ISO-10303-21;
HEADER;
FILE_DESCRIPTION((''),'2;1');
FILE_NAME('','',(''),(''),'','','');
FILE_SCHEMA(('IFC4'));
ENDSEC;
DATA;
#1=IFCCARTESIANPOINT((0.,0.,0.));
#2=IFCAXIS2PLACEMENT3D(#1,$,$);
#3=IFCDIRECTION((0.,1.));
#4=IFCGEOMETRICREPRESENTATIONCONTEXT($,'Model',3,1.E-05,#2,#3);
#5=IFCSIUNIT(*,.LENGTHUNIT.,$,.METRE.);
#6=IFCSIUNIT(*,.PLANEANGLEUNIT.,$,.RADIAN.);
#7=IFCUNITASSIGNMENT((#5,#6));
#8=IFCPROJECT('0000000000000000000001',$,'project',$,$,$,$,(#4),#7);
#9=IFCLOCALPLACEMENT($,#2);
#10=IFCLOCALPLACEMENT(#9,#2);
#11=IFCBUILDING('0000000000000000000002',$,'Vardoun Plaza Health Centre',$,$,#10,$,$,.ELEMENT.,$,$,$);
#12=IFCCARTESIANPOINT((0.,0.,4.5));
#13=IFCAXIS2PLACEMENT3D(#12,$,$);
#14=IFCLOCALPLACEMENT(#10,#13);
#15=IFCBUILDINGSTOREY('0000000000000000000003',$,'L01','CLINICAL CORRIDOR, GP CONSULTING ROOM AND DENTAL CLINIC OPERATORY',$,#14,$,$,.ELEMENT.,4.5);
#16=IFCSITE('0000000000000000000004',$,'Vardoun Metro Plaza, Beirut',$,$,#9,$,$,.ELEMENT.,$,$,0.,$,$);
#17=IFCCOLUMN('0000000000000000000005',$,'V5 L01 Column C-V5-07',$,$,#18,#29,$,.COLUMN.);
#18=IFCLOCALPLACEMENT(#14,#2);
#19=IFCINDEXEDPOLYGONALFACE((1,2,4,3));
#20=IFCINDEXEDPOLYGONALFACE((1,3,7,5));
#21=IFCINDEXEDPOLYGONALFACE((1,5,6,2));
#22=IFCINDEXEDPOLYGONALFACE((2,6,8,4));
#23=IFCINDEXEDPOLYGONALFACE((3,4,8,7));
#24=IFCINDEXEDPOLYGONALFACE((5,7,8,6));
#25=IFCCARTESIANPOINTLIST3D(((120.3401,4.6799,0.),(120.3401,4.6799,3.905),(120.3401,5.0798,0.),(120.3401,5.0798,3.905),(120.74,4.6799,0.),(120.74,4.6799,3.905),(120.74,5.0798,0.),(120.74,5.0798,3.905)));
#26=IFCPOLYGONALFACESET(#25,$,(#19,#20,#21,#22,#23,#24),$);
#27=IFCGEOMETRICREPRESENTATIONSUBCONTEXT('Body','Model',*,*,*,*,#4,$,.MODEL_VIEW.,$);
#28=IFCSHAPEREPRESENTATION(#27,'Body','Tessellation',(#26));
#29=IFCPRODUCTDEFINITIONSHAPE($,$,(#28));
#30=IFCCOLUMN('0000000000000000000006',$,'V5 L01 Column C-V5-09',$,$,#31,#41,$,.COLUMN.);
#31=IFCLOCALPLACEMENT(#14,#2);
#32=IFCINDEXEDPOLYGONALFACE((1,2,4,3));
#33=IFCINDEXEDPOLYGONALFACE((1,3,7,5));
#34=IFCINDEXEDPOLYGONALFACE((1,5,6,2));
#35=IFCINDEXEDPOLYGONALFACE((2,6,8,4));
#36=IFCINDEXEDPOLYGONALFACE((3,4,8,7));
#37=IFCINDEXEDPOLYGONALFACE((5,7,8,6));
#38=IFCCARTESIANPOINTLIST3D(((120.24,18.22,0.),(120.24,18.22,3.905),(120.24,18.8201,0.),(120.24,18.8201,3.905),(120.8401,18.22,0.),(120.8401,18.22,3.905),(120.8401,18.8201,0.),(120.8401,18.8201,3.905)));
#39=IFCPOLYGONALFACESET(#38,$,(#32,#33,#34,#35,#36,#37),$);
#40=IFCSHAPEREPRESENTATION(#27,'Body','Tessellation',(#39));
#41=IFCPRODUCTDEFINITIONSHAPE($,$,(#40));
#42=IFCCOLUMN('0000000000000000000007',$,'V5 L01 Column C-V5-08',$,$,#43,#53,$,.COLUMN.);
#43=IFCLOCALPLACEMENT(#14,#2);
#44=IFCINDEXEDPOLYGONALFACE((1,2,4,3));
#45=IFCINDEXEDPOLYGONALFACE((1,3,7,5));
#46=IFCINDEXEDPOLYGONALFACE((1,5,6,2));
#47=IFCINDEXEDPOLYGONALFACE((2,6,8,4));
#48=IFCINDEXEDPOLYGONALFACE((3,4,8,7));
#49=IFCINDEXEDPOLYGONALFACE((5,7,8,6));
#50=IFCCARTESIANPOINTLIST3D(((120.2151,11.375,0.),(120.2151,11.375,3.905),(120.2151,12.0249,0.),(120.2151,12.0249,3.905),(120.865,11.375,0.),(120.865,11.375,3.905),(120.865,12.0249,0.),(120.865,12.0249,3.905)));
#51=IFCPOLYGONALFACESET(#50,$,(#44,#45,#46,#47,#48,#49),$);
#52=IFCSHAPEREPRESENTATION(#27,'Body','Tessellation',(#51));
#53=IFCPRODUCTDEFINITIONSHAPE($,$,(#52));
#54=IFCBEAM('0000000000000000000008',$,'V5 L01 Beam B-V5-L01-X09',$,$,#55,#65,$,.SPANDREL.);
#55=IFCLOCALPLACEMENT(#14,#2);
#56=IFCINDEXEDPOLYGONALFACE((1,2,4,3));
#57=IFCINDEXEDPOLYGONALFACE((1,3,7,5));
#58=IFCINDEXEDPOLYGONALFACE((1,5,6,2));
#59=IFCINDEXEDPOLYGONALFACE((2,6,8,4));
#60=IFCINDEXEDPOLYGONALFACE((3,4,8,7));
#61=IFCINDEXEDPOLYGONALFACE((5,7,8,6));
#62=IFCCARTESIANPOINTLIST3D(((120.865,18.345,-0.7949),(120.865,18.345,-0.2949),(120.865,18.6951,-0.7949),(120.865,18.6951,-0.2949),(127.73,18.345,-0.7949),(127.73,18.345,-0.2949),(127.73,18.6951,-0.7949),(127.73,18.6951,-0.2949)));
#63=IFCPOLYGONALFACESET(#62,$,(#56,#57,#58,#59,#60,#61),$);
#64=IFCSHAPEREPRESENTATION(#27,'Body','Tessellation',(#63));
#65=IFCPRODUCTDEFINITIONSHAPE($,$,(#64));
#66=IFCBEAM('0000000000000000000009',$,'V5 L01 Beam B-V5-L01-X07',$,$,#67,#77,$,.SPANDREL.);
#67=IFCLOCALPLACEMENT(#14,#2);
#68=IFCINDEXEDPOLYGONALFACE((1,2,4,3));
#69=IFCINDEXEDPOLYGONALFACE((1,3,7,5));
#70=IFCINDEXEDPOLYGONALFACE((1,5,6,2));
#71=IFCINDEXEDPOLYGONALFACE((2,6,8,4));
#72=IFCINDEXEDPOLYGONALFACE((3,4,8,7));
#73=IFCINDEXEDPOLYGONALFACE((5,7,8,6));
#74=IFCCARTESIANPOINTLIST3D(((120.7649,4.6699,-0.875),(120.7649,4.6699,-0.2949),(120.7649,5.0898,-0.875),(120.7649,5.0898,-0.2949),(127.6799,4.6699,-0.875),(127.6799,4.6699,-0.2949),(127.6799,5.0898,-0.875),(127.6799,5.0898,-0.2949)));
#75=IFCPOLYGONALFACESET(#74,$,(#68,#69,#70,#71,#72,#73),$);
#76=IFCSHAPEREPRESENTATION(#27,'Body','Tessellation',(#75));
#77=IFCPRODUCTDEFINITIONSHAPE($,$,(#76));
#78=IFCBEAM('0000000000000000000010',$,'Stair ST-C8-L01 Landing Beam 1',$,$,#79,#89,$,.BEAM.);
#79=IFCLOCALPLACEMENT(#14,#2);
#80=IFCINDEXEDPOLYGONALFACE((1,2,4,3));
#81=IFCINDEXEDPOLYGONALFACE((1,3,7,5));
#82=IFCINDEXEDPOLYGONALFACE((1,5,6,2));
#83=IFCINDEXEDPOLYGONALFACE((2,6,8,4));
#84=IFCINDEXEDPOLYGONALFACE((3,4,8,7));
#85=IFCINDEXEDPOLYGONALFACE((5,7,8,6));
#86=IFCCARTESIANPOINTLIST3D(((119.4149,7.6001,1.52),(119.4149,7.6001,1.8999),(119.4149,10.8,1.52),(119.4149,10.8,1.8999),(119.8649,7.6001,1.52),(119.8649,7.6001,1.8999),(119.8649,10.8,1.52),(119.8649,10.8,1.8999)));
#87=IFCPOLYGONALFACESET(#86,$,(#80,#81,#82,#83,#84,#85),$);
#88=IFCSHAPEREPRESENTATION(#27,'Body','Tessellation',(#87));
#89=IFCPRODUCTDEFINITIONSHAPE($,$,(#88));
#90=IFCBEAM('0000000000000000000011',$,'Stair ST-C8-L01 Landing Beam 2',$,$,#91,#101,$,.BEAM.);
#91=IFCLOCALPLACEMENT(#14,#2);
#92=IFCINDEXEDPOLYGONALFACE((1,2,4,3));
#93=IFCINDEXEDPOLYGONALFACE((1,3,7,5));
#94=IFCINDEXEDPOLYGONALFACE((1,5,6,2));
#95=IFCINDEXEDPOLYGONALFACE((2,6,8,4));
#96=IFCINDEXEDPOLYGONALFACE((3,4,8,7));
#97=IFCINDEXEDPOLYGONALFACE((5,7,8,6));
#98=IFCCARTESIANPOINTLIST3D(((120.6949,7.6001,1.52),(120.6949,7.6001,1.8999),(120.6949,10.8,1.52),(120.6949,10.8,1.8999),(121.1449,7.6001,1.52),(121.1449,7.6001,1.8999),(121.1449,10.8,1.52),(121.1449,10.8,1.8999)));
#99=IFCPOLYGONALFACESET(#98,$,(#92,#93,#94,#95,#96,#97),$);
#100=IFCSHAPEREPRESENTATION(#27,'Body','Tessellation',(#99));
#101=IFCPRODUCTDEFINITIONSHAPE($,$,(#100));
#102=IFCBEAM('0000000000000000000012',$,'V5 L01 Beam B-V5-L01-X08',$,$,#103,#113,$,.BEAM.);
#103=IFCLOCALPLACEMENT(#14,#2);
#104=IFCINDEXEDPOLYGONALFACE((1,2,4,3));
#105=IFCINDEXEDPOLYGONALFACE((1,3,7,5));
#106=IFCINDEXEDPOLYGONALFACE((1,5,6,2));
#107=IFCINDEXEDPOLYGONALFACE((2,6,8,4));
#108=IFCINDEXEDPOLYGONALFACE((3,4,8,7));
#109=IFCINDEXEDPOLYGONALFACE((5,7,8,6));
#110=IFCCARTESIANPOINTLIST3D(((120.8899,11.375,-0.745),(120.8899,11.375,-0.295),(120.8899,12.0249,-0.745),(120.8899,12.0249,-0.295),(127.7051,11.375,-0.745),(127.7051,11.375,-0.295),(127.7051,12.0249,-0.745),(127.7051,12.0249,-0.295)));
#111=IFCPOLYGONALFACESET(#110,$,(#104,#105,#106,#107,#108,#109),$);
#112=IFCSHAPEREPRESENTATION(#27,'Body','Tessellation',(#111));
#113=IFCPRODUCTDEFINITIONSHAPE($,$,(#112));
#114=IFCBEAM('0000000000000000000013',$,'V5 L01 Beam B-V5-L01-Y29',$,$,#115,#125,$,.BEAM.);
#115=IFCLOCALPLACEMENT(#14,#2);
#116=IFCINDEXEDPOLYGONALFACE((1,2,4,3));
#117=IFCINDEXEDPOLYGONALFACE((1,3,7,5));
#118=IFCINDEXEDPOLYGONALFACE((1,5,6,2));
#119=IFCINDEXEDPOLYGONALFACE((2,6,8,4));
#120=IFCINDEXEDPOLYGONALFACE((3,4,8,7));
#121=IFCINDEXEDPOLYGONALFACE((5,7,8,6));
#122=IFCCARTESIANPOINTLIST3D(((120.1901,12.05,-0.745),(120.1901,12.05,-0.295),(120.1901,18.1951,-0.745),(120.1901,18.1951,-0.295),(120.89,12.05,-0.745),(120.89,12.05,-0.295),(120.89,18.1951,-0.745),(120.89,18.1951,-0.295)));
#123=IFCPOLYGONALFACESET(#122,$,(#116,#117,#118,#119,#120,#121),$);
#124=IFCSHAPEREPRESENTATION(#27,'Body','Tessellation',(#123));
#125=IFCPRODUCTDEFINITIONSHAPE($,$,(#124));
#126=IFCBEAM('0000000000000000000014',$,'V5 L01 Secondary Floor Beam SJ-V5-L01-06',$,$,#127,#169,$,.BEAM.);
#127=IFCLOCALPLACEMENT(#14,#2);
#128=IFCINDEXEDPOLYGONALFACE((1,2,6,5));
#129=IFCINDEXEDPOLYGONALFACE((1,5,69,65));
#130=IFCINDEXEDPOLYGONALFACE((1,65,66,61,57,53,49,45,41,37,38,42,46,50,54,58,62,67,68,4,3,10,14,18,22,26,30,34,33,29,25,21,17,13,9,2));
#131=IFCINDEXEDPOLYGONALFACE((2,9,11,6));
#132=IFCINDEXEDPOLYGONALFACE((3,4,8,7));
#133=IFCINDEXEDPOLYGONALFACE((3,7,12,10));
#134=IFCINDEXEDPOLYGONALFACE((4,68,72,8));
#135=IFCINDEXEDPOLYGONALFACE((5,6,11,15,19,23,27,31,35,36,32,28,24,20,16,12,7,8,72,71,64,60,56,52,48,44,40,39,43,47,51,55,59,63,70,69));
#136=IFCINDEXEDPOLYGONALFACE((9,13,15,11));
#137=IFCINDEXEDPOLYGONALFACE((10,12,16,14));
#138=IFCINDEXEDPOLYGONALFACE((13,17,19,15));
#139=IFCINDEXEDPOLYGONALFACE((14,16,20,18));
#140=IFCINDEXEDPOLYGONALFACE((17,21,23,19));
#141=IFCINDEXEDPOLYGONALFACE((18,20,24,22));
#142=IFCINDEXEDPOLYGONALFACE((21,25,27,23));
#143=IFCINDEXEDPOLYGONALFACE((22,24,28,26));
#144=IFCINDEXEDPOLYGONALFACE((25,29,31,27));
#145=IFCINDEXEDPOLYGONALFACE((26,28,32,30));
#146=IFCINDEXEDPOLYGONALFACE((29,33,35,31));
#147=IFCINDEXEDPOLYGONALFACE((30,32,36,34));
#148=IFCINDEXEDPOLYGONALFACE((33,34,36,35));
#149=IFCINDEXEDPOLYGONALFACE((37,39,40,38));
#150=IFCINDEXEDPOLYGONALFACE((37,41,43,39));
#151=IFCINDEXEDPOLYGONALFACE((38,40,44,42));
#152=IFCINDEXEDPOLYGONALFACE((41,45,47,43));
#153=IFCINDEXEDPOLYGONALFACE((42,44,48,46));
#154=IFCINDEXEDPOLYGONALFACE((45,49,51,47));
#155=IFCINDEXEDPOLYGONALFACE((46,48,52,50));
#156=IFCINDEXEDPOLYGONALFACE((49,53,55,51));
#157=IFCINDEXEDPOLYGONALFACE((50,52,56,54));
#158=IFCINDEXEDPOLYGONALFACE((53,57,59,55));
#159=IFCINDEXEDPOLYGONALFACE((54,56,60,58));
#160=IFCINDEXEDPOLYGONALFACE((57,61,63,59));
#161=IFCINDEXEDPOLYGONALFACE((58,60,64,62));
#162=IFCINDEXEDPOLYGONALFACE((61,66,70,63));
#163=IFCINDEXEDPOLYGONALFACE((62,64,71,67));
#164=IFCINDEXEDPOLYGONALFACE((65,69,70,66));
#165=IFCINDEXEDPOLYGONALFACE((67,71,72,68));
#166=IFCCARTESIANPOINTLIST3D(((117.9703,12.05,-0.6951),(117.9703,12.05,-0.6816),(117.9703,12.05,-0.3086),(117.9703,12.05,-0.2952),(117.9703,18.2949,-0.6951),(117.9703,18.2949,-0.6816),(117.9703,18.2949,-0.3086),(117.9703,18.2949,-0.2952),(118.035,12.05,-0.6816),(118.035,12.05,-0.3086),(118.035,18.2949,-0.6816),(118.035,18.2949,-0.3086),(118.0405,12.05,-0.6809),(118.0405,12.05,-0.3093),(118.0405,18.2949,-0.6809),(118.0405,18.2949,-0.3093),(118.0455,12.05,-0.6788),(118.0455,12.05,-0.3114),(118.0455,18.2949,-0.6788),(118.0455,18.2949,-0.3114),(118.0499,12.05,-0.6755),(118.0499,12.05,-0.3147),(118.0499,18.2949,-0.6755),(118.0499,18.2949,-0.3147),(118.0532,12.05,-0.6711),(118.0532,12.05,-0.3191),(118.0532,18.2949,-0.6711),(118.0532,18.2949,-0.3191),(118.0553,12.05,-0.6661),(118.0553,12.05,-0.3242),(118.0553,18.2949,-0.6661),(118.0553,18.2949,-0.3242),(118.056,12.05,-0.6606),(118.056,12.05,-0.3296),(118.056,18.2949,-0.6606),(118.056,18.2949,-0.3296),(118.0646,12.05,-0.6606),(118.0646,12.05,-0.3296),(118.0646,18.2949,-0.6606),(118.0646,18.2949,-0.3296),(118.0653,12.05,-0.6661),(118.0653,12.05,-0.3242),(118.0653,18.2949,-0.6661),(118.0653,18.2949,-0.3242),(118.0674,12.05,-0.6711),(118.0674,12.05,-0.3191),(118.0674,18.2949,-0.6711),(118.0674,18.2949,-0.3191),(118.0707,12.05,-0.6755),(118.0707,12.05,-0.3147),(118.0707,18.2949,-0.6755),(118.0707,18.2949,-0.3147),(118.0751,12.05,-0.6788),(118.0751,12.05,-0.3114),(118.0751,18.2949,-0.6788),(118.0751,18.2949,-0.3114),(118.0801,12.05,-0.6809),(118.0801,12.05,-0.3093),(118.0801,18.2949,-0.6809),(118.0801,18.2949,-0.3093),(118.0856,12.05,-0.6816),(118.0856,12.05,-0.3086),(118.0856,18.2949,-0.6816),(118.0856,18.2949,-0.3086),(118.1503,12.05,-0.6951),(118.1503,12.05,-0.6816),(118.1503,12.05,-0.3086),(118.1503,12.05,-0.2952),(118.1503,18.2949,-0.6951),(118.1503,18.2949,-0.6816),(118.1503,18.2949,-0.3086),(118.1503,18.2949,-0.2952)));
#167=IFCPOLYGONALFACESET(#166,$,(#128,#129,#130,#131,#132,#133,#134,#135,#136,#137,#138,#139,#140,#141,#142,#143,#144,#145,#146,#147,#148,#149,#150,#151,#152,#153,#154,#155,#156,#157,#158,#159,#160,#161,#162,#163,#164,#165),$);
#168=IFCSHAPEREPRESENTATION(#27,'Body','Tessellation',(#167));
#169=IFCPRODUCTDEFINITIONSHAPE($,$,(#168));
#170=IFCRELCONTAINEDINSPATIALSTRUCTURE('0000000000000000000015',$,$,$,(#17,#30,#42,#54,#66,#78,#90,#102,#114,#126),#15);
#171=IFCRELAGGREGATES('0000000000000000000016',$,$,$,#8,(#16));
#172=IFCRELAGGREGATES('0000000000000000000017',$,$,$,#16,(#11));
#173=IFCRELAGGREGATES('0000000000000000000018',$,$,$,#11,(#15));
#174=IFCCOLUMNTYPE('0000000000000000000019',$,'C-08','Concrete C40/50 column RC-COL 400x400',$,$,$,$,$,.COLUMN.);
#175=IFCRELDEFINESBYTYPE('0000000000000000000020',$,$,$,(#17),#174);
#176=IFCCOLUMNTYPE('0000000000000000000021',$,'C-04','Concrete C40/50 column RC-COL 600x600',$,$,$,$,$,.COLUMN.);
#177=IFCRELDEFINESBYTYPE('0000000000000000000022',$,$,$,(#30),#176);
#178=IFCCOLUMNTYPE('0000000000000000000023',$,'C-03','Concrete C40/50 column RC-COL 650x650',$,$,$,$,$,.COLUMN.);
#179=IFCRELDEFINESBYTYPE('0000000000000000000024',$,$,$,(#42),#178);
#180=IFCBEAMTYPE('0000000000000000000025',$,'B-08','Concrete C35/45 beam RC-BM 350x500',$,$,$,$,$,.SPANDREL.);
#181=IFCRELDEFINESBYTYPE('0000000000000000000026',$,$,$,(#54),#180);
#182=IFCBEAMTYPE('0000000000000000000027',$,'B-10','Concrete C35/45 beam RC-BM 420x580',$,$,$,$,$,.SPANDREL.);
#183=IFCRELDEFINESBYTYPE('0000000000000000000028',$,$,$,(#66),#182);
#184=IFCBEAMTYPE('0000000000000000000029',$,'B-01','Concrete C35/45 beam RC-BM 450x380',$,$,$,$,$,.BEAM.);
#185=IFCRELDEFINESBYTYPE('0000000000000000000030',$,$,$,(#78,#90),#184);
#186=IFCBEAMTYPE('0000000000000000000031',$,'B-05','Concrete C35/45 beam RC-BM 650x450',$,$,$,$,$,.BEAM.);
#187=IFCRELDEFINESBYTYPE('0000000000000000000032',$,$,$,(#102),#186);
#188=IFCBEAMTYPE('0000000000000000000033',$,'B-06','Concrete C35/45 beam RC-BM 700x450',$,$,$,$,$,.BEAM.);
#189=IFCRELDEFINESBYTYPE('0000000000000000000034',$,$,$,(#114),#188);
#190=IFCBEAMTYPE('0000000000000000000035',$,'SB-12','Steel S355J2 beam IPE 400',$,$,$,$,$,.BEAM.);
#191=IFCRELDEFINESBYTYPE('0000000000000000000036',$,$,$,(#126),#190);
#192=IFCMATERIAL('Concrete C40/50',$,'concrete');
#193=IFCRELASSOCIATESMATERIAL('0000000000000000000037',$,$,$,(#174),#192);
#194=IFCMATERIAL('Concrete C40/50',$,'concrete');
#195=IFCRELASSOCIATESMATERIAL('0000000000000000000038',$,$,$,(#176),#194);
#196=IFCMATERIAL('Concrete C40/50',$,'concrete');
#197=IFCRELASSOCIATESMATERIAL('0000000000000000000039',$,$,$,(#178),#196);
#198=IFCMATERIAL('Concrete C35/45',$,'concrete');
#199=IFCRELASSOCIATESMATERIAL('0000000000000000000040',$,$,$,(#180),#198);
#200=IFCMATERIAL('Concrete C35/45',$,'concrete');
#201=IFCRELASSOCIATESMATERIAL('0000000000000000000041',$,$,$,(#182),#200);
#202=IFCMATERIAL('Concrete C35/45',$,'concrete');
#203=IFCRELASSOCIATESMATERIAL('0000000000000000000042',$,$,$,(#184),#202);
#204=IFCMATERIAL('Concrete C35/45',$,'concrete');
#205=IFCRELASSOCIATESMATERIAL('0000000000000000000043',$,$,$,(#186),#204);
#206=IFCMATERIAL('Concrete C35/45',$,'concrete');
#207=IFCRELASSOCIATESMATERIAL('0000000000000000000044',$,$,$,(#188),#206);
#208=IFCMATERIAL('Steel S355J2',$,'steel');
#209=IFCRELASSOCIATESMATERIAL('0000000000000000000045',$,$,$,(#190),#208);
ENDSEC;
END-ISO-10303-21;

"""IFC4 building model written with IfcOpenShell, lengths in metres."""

from ifc_helpers import new_model, si_unit, direction, frame, origin, origin_2d, place, context, subcontext, project, spatial, rectangle, i_section, extrude, material, material_profile, profile_set, type_object, element, save


model = new_model("IFC4")

# Units and contexts
model_context = context("Model", 3, precision=1e-05, world=origin(), true_north=direction((0.0, 1.0)))
body_context = subcontext(model_context, "Body", "Model", "MODEL_VIEW")
ifc_project = project(units=[si_unit("LENGTHUNIT", "METRE"), si_unit("PLANEANGLEUNIT", "RADIAN")], contexts=[model_context])

# Site, building, storey
site_placement = place(None, origin())
site = spatial("IfcSite", under=ifc_project, at=site_placement, Name="Vardoun Metro Plaza, Beirut", CompositionType="ELEMENT", RefElevation=0.0)
building_placement = place(site_placement, origin())
building = spatial("IfcBuilding", under=site, at=building_placement, Name="Vardoun Plaza Health Centre", CompositionType="ELEMENT")
storey_placement = place(building_placement, frame((0.0, 0.0, 4.5)))
storey = spatial("IfcBuildingStorey", under=building, at=storey_placement, Name="L01", Description="CLINICAL CORRIDOR, GP CONSULTING ROOM AND DENTAL CLINIC OPERATORY", CompositionType="ELEMENT", Elevation=4.5)

# Columns
ifc_material_1 = material(Name="Concrete C40/50", Category="concrete")
ifc_material_profile_1 = material_profile(ifc_material_1, rectangle(XDim=0.3999, YDim=0.3999, at=origin_2d()), Name="RC-COL 400x400")
ifc_profile_set_1 = profile_set([ifc_material_profile_1], Name="Concrete C40/50")
column_type_1 = type_object("IfcColumnType", Name="C-08", Description="Concrete C40/50 column RC-COL 400x400", PredefinedType="COLUMN", material=ifc_profile_set_1)
column_1_placement = place(storey_placement, frame((120.54, 4.8799, 0.0), z_axis=(0.0, 0.0, 1.0), x_axis=(1.0, 0.0, 0.0)))
element("IfcColumn", 1, at=column_1_placement, inside=storey, type_object=column_type_1, Name="V5 L01 Column C-V5-07", PredefinedType="COLUMN", context=body_context, shape_type="SweptSolid", body=[
    extrude(rectangle(XDim=0.3999, YDim=0.3999, at=origin_2d()), origin(), (0.0, 0.0, 1.0), 3.905),
])
ifc_material_2 = material(Name="Concrete C40/50", Category="concrete")
ifc_material_profile_2 = material_profile(ifc_material_2, rectangle(XDim=0.6001, YDim=0.6001, at=origin_2d()), Name="RC-COL 600x600")
ifc_profile_set_2 = profile_set([ifc_material_profile_2], Name="Concrete C40/50")
column_type_2 = type_object("IfcColumnType", Name="C-04", Description="Concrete C40/50 column RC-COL 600x600", PredefinedType="COLUMN", material=ifc_profile_set_2)
column_2_placement = place(storey_placement, frame((120.54, 18.52, 0.0), z_axis=(0.0, 0.0, 1.0), x_axis=(1.0, 0.0, 0.0)))
element("IfcColumn", 2, at=column_2_placement, inside=storey, type_object=column_type_2, Name="V5 L01 Column C-V5-09", PredefinedType="COLUMN", context=body_context, shape_type="SweptSolid", body=[
    extrude(rectangle(XDim=0.6001, YDim=0.6001, at=origin_2d()), origin(), (0.0, 0.0, 1.0), 3.905),
])
ifc_material_3 = material(Name="Concrete C40/50", Category="concrete")
ifc_material_profile_3 = material_profile(ifc_material_3, rectangle(XDim=0.6499, YDim=0.6499, at=origin_2d()), Name="RC-COL 650x650")
ifc_profile_set_3 = profile_set([ifc_material_profile_3], Name="Concrete C40/50")
column_type_3 = type_object("IfcColumnType", Name="C-03", Description="Concrete C40/50 column RC-COL 650x650", PredefinedType="COLUMN", material=ifc_profile_set_3)
column_3_placement = place(storey_placement, frame((120.54, 11.7, 0.0), z_axis=(0.0, 0.0, 1.0), x_axis=(1.0, 0.0, 0.0)))
element("IfcColumn", 3, at=column_3_placement, inside=storey, type_object=column_type_3, Name="V5 L01 Column C-V5-08", PredefinedType="COLUMN", context=body_context, shape_type="SweptSolid", body=[
    extrude(rectangle(XDim=0.6499, YDim=0.6499, at=origin_2d()), origin(), (0.0, 0.0, 1.0), 3.905),
])

# Beams
ifc_material_4 = material(Name="Concrete C35/45", Category="concrete")
ifc_material_profile_4 = material_profile(ifc_material_4, rectangle(XDim=0.3501, YDim=0.5, at=origin_2d()), Name="RC-BM 350x500")
ifc_profile_set_4 = profile_set([ifc_material_profile_4], Name="Concrete C35/45")
beam_type_1 = type_object("IfcBeamType", Name="B-08", Description="Concrete C35/45 beam RC-BM 350x500", PredefinedType="SPANDREL", material=ifc_profile_set_4)
beam_1_placement = place(storey_placement, frame((120.865, 18.52, -0.5449), z_axis=(1.0, 0.0, 0.0), x_axis=(0.0, 1.0, 0.0)))
element("IfcBeam", 4, at=beam_1_placement, inside=storey, type_object=beam_type_1, Name="V5 L01 Beam B-V5-L01-X09", PredefinedType="SPANDREL", context=body_context, shape_type="SweptSolid", body=[
    extrude(rectangle(XDim=0.3501, YDim=0.5, at=origin_2d()), origin(), (0.0, 0.0, 1.0), 6.865),
])
ifc_material_5 = material(Name="Concrete C35/45", Category="concrete")
ifc_material_profile_5 = material_profile(ifc_material_5, rectangle(XDim=0.4199, YDim=0.5801, at=origin_2d()), Name="RC-BM 420x580")
ifc_profile_set_5 = profile_set([ifc_material_profile_5], Name="Concrete C35/45")
beam_type_2 = type_object("IfcBeamType", Name="B-10", Description="Concrete C35/45 beam RC-BM 420x580", PredefinedType="SPANDREL", material=ifc_profile_set_5)
beam_2_placement = place(storey_placement, frame((120.7649, 4.8799, -0.585), z_axis=(1.0, 0.0, 0.0), x_axis=(0.0, 1.0, 0.0)))
element("IfcBeam", 5, at=beam_2_placement, inside=storey, type_object=beam_type_2, Name="V5 L01 Beam B-V5-L01-X07", PredefinedType="SPANDREL", context=body_context, shape_type="SweptSolid", body=[
    extrude(rectangle(XDim=0.4199, YDim=0.5801, at=origin_2d()), origin(), (0.0, 0.0, 1.0), 6.915),
])
ifc_material_6 = material(Name="Concrete C35/45", Category="concrete")
ifc_material_profile_6 = material_profile(ifc_material_6, rectangle(XDim=0.45, YDim=0.3799, at=origin_2d()), Name="RC-BM 450x380")
ifc_profile_set_6 = profile_set([ifc_material_profile_6], Name="Concrete C35/45")
beam_type_3 = type_object("IfcBeamType", Name="B-01", Description="Concrete C35/45 beam RC-BM 450x380", PredefinedType="BEAM", material=ifc_profile_set_6)
for number, where, z_axis, x_axis, name in (
    (6, (119.6399, 7.6001, 1.71), (0.0, 1.0, 0.0), (-1.0, 0.0, 0.0), "Stair ST-C8-L01 Landing Beam 1"),
    (7, (120.9199, 7.6001, 1.71), (0.0, 1.0, 0.0), (-1.0, 0.0, 0.0), "Stair ST-C8-L01 Landing Beam 2"),
):
    element("IfcBeam", number, at=place(storey_placement, frame(where, z_axis=z_axis, x_axis=x_axis)), inside=storey, type_object=beam_type_3, Name=name, PredefinedType="BEAM", context=body_context, shape_type="SweptSolid", body=[
        extrude(rectangle(XDim=0.45, YDim=0.3799, at=origin_2d()), origin(), (0.0, 0.0, 1.0), 3.2),
    ])
ifc_material_7 = material(Name="Concrete C35/45", Category="concrete")
ifc_material_profile_7 = material_profile(ifc_material_7, rectangle(XDim=0.6499, YDim=0.45, at=origin_2d()), Name="RC-BM 650x450")
ifc_profile_set_7 = profile_set([ifc_material_profile_7], Name="Concrete C35/45")
beam_type_4 = type_object("IfcBeamType", Name="B-05", Description="Concrete C35/45 beam RC-BM 650x450", PredefinedType="BEAM", material=ifc_profile_set_7)
beam_3_placement = place(storey_placement, frame((120.8899, 11.7, -0.52), z_axis=(1.0, 0.0, 0.0), x_axis=(0.0, 1.0, 0.0)))
element("IfcBeam", 8, at=beam_3_placement, inside=storey, type_object=beam_type_4, Name="V5 L01 Beam B-V5-L01-X08", PredefinedType="BEAM", context=body_context, shape_type="SweptSolid", body=[
    extrude(rectangle(XDim=0.6499, YDim=0.45, at=origin_2d()), origin(), (0.0, 0.0, 1.0), 6.8152),
])
ifc_material_8 = material(Name="Concrete C35/45", Category="concrete")
ifc_material_profile_8 = material_profile(ifc_material_8, rectangle(XDim=0.7, YDim=0.45, at=origin_2d()), Name="RC-BM 700x450")
ifc_profile_set_8 = profile_set([ifc_material_profile_8], Name="Concrete C35/45")
beam_type_5 = type_object("IfcBeamType", Name="B-06", Description="Concrete C35/45 beam RC-BM 700x450", PredefinedType="BEAM", material=ifc_profile_set_8)
beam_4_placement = place(storey_placement, frame((120.54, 12.05, -0.52), z_axis=(0.0, 1.0, 0.0), x_axis=(-1.0, 0.0, 0.0)))
element("IfcBeam", 9, at=beam_4_placement, inside=storey, type_object=beam_type_5, Name="V5 L01 Beam B-V5-L01-Y29", PredefinedType="BEAM", context=body_context, shape_type="SweptSolid", body=[
    extrude(rectangle(XDim=0.7, YDim=0.45, at=origin_2d()), origin(), (0.0, 0.0, 1.0), 6.145),
])
ifc_material_9 = material(Name="Steel S355J2", Category="steel")
ifc_material_profile_9 = material_profile(ifc_material_9, i_section(OverallWidth=0.1799, OverallDepth=0.3999, WebThickness=0.0085, FlangeThickness=0.0134, FilletRadius=0.021, at=origin_2d()), Name="IPE 400")
ifc_profile_set_9 = profile_set([ifc_material_profile_9], Name="Steel S355J2")
beam_type_6 = type_object("IfcBeamType", Name="SB-12", Description="Steel S355J2 beam IPE 400", PredefinedType="BEAM", material=ifc_profile_set_9)
beam_5_placement = place(storey_placement, frame((118.0603, 12.05, -0.4951), z_axis=(0.0, 1.0, 0.0), x_axis=(-1.0, 0.0, 0.0)))
element("IfcBeam", 10, at=beam_5_placement, inside=storey, type_object=beam_type_6, Name="V5 L01 Secondary Floor Beam SJ-V5-L01-06", PredefinedType="BEAM", context=body_context, shape_type="SweptSolid", body=[
    extrude(i_section(OverallWidth=0.1799, OverallDepth=0.3999, WebThickness=0.0085, FlangeThickness=0.0134, FilletRadius=0.021, at=origin_2d()), origin(), (0.0, 0.0, 1.0), 6.2449),
])

save(model, "model.ifc")
